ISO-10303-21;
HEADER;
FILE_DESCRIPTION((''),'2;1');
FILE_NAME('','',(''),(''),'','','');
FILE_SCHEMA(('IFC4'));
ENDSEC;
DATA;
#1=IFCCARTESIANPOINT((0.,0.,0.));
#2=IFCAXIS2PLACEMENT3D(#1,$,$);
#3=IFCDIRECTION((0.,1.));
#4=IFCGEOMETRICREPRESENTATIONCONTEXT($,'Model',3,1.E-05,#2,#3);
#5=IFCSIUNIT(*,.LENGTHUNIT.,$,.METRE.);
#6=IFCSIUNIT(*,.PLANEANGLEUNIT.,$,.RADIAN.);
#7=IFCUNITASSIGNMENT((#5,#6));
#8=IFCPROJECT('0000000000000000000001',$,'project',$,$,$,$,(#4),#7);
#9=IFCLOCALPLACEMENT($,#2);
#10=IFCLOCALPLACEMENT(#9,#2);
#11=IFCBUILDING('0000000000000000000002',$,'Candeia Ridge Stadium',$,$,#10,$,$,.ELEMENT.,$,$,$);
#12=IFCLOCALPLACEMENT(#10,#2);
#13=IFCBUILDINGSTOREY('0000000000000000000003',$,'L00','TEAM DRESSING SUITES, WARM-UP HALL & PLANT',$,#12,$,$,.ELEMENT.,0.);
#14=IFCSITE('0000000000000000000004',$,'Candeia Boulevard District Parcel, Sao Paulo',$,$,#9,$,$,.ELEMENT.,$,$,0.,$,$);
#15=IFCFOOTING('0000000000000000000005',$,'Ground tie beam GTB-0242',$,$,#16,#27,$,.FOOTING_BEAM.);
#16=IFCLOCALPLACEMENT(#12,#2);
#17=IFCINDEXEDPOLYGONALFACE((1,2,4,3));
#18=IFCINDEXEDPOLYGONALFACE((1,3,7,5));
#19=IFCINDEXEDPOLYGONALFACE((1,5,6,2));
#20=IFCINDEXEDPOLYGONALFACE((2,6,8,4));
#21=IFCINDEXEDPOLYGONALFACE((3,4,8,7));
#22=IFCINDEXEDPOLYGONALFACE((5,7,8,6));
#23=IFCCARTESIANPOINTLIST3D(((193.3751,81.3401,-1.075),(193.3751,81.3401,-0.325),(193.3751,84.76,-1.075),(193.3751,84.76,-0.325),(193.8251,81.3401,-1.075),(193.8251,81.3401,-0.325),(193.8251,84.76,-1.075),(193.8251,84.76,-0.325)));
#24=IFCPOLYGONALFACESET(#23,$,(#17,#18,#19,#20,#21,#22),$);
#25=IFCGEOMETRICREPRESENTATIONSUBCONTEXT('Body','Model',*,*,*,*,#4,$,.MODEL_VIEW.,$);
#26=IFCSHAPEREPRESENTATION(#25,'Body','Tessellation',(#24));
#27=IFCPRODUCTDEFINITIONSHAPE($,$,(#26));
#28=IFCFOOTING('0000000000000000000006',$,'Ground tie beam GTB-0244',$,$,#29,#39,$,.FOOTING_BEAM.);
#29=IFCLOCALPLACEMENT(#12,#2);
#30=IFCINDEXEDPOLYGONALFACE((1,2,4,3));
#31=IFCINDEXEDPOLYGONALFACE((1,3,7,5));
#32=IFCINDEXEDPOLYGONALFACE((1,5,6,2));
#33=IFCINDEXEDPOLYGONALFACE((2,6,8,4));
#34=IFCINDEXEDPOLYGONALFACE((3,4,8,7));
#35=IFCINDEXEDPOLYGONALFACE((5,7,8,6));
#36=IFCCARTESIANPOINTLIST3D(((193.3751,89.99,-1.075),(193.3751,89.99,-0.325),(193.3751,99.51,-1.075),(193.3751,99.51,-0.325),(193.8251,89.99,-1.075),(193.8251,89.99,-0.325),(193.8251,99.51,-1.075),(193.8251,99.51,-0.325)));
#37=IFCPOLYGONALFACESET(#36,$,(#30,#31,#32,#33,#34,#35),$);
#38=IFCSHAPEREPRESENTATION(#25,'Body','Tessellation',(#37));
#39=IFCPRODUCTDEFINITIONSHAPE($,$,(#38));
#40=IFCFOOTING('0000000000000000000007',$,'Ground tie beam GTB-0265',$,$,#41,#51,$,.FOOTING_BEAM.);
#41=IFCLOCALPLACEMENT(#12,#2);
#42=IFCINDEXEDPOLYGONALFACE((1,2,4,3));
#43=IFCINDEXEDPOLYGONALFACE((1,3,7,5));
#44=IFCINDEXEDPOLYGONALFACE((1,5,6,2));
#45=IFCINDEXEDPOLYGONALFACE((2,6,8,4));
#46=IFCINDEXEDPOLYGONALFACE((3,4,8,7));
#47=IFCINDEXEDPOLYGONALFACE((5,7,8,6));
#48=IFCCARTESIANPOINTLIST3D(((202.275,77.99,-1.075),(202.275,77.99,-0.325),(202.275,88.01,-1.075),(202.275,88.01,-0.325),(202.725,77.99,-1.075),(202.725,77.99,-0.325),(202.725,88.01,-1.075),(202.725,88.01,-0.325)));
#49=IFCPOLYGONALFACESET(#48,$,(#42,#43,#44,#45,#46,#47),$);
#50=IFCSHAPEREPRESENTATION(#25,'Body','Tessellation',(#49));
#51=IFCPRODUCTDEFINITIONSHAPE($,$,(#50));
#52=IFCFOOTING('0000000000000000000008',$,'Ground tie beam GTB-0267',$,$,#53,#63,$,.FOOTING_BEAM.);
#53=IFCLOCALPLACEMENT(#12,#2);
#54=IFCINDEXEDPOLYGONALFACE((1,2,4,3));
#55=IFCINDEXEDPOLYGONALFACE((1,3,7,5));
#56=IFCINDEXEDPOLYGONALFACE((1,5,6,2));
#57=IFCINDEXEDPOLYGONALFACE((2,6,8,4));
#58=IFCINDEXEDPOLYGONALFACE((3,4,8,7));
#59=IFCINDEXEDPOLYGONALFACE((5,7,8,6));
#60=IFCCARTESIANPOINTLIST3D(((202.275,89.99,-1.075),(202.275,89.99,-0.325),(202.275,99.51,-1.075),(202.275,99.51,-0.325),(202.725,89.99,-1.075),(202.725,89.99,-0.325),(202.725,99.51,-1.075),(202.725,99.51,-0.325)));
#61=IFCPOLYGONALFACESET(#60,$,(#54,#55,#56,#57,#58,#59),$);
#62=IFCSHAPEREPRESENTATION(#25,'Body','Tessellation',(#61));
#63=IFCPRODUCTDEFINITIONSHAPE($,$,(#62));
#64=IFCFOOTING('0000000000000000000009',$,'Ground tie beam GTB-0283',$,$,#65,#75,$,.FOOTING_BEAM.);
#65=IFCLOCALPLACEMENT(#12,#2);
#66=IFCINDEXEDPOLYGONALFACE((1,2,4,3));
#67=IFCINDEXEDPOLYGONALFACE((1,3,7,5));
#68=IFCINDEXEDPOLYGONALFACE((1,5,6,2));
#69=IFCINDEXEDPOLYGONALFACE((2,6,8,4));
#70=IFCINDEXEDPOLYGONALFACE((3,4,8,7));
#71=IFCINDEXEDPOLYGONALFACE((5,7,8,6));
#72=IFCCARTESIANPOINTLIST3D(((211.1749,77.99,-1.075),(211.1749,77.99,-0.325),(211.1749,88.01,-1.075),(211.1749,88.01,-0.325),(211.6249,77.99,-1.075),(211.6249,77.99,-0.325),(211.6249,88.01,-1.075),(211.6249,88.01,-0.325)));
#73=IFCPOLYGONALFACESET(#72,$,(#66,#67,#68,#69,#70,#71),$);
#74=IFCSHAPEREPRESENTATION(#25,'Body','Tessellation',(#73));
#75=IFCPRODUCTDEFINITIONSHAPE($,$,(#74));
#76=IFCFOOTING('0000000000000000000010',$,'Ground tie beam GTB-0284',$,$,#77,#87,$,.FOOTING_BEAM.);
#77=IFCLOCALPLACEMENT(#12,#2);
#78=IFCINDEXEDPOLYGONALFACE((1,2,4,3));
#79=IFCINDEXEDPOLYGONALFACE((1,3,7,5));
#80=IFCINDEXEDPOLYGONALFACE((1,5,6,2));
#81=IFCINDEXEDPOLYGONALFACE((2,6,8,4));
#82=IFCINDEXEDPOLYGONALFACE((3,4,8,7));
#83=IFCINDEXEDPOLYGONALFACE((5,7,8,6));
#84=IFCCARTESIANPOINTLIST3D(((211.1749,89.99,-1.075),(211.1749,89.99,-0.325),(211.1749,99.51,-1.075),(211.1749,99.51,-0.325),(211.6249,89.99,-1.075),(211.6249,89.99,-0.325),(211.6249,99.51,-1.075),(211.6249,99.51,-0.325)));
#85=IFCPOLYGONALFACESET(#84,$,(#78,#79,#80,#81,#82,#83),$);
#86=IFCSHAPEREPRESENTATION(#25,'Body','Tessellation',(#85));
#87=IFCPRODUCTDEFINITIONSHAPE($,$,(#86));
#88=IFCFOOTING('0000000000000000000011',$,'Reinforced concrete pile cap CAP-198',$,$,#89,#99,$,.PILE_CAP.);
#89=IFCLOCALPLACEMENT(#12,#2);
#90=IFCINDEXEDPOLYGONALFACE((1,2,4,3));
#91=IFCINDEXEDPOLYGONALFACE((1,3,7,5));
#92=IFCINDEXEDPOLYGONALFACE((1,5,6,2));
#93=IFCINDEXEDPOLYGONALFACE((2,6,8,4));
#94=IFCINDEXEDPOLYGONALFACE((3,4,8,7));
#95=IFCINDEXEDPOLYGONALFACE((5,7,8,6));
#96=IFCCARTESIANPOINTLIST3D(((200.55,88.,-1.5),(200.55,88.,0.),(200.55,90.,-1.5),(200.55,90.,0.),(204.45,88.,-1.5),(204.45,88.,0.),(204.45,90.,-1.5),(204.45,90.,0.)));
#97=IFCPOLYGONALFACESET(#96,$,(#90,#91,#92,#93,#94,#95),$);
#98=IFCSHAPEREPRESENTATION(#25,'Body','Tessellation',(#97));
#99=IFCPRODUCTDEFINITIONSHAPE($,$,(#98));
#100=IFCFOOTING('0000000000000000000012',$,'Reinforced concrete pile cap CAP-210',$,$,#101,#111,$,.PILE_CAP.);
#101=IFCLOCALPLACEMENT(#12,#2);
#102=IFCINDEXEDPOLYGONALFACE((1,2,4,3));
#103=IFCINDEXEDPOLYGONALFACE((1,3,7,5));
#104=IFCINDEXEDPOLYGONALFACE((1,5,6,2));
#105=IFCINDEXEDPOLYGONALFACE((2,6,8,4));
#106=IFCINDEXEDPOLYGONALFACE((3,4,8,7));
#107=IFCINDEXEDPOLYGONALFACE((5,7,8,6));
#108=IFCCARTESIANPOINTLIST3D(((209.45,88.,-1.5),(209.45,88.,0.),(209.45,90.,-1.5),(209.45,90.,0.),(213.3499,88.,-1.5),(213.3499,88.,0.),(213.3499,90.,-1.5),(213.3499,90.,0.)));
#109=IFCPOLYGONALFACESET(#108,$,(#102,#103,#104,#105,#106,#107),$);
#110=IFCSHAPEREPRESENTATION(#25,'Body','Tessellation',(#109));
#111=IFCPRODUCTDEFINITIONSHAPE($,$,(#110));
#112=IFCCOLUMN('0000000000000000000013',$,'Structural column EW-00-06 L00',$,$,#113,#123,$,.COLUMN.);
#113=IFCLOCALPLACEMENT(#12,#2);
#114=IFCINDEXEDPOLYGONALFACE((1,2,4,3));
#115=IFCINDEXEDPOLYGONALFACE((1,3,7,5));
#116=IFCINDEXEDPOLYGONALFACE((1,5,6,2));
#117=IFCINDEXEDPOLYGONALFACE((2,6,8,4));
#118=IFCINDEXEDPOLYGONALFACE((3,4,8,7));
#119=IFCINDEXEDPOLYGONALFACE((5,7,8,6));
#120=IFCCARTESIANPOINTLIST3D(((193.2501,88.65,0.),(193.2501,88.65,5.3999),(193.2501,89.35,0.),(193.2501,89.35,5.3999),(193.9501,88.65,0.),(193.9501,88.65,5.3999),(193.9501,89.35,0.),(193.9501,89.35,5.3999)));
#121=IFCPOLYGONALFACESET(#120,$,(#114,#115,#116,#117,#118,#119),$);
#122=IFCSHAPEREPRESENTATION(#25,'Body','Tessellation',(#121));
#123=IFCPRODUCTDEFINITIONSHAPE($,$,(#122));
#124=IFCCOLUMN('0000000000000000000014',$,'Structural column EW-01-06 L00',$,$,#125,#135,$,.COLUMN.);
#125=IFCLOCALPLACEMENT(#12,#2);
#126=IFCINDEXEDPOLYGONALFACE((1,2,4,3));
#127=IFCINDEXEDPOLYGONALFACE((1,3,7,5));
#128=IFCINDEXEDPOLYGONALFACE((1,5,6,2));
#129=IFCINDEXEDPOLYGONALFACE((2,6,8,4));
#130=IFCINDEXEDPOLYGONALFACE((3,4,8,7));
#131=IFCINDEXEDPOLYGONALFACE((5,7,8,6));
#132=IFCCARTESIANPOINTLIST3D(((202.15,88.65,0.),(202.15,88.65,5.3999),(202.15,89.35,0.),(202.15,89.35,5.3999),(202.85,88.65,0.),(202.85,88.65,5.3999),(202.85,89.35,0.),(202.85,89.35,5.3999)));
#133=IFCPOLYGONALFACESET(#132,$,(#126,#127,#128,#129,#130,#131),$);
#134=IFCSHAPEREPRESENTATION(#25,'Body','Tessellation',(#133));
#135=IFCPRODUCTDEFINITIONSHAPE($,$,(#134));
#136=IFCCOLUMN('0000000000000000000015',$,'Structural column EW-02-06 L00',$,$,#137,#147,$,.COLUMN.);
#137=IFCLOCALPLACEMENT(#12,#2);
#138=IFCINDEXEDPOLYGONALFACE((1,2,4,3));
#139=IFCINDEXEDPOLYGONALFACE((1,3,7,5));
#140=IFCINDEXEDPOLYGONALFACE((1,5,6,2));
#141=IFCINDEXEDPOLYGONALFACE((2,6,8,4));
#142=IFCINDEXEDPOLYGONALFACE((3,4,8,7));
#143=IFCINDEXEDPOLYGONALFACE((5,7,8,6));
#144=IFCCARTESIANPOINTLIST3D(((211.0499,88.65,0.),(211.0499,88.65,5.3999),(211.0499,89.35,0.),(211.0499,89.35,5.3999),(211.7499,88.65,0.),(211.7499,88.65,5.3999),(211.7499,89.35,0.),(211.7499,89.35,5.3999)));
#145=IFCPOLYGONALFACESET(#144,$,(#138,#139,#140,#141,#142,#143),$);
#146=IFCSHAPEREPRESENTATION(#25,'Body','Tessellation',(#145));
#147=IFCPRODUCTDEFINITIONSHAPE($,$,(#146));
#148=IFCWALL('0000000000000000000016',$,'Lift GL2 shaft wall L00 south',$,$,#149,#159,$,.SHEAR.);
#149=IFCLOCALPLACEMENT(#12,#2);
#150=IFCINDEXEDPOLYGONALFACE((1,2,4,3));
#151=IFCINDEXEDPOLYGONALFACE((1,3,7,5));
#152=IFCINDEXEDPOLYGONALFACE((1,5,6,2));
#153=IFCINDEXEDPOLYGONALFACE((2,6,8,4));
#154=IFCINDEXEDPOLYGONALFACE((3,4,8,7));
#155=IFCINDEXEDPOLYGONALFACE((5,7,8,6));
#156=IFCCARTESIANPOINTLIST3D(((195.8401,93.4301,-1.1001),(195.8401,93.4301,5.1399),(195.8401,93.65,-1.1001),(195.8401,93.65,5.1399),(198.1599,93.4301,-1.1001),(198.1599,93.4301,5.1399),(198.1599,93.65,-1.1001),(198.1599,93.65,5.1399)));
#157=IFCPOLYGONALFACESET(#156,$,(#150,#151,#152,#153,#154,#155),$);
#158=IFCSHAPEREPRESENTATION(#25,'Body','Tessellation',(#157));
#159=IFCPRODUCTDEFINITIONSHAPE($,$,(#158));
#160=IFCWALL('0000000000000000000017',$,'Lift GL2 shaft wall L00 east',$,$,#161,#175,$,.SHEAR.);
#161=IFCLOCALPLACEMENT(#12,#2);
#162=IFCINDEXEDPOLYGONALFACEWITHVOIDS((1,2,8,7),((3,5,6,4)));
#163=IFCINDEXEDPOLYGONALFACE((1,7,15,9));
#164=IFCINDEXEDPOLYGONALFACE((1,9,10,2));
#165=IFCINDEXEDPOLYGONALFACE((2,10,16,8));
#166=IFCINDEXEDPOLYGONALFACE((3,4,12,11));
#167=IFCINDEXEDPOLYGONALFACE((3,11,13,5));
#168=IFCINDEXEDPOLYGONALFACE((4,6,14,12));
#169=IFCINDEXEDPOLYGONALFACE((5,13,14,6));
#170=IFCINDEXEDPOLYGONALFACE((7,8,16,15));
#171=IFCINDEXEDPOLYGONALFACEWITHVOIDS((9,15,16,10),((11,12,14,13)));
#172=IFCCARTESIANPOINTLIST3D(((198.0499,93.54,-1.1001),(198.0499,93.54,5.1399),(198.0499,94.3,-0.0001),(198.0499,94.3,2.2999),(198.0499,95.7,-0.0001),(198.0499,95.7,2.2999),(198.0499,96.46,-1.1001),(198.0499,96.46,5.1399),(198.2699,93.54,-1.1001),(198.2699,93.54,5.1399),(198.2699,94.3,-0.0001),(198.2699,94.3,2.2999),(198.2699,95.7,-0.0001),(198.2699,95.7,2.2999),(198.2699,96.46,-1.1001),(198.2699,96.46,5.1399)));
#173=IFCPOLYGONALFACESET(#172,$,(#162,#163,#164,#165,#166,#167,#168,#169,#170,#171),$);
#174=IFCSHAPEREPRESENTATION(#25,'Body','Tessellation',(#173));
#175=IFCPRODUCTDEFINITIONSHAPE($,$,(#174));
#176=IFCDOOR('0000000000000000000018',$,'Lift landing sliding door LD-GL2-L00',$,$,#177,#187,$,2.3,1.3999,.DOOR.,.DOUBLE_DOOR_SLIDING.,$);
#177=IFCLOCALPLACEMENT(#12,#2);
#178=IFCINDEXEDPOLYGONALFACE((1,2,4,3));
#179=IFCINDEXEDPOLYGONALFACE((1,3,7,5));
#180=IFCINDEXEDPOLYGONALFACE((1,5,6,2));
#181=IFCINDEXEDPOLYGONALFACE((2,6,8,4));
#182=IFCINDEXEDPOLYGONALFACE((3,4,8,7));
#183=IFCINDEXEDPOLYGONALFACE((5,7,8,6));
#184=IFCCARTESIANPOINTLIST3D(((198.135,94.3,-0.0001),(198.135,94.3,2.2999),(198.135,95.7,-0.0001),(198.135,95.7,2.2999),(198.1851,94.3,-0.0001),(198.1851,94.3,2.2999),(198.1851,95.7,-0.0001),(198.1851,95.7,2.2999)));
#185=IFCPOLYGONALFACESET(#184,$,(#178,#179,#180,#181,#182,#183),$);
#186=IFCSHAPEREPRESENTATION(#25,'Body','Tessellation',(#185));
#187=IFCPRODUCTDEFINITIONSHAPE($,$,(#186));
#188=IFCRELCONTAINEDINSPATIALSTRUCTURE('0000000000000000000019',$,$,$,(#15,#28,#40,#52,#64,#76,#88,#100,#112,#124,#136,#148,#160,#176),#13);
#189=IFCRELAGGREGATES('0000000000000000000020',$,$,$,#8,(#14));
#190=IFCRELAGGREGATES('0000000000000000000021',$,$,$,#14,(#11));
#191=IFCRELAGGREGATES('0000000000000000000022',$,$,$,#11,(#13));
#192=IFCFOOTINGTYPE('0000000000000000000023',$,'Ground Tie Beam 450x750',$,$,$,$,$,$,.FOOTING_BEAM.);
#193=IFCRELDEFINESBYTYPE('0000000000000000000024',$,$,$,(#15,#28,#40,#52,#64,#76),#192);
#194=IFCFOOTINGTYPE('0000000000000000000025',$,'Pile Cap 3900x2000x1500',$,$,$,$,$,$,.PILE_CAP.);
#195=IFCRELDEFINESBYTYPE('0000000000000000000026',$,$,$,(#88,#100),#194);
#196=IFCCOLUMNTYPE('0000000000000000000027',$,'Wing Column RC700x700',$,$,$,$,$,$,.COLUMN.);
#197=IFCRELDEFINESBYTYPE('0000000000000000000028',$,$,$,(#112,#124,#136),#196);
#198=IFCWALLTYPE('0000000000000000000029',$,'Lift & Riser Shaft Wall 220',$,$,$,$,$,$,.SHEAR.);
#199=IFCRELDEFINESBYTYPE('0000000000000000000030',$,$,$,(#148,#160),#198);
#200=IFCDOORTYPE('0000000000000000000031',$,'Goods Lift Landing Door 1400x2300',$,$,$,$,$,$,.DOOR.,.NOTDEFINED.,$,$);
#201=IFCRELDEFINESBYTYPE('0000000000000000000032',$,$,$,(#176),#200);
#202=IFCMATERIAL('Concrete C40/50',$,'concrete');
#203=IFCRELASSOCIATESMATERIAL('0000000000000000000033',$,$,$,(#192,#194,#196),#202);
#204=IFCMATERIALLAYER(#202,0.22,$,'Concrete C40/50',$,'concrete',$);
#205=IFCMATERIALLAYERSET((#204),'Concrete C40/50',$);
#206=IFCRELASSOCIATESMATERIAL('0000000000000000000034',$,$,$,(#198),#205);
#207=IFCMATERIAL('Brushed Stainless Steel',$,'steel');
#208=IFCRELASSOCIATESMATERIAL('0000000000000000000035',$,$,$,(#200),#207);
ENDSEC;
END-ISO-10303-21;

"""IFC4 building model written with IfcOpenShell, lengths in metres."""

from ifc_helpers import new_model, si_unit, direction, frame, frame_2d, origin, origin_2d, place, context, subcontext, project, spatial, rectangle, extrude, material, layer, layer_set, material_profile, profile_set, type_object, element, fill, save


model = new_model("IFC4")

# Units and contexts
model_context = context("Model", 3, precision=1e-05, world=origin(), true_north=direction((0.0, 1.0)))
body_context = subcontext(model_context, "Body", "Model", "MODEL_VIEW")
ifc_project = project(units=[si_unit("LENGTHUNIT", "METRE"), si_unit("PLANEANGLEUNIT", "RADIAN")], contexts=[model_context])

# Site, building, storey
site_placement = place(None, origin())
site = spatial("IfcSite", under=ifc_project, at=site_placement, Name="Candeia Boulevard District Parcel, Sao Paulo", CompositionType="ELEMENT", RefElevation=0.0)
building_placement = place(site_placement, origin())
building = spatial("IfcBuilding", under=site, at=building_placement, Name="Candeia Ridge Stadium", CompositionType="ELEMENT")
storey_placement = place(building_placement, origin())
storey = spatial("IfcBuildingStorey", under=building, at=storey_placement, Name="L00", Description="TEAM DRESSING SUITES, WARM-UP HALL & PLANT", CompositionType="ELEMENT", Elevation=0.0)

# Shared definitions
ifc_material_1 = material(Name="Concrete C40/50", Category="concrete")

# Footings
footing_type_1 = type_object("IfcFootingType", Name="Ground Tie Beam 450x750", PredefinedType="FOOTING_BEAM", material=ifc_material_1)
footing_1_placement = place(storey_placement, frame((193.6001, 83.05, -1.075), z_axis=(0.0, 0.0, 1.0), x_axis=(0.0, 1.0, 0.0)))
element("IfcFooting", 1, at=footing_1_placement, inside=storey, type_object=footing_type_1, Name="Ground tie beam GTB-0242", PredefinedType="FOOTING_BEAM", context=body_context, shape_type="SweptSolid", body=[
    extrude(rectangle(XDim=3.4199, YDim=0.45, at=origin_2d()), origin(), (0.0, 0.0, 1.0), 0.75),
])
footing_2_placement = place(storey_placement, frame((193.6001, 94.75, -1.075), z_axis=(0.0, 0.0, 1.0), x_axis=(0.0, 1.0, 0.0)))
element("IfcFooting", 2, at=footing_2_placement, inside=storey, type_object=footing_type_1, Name="Ground tie beam GTB-0244", PredefinedType="FOOTING_BEAM", context=body_context, shape_type="SweptSolid", body=[
    extrude(rectangle(XDim=9.52, YDim=0.45, at=origin_2d()), origin(), (0.0, 0.0, 1.0), 0.75),
])
footing_3_placement = place(storey_placement, frame((202.5, 83.0, -1.075), z_axis=(0.0, 0.0, 1.0), x_axis=(0.0, 1.0, 0.0)))
element("IfcFooting", 3, at=footing_3_placement, inside=storey, type_object=footing_type_1, Name="Ground tie beam GTB-0265", PredefinedType="FOOTING_BEAM", context=body_context, shape_type="SweptSolid", body=[
    extrude(rectangle(XDim=10.02, YDim=0.45, at=origin_2d()), origin(), (0.0, 0.0, 1.0), 0.75),
])
footing_4_placement = place(storey_placement, frame((202.5, 94.75, -1.075), z_axis=(0.0, 0.0, 1.0), x_axis=(0.0, 1.0, 0.0)))
element("IfcFooting", 4, at=footing_4_placement, inside=storey, type_object=footing_type_1, Name="Ground tie beam GTB-0267", PredefinedType="FOOTING_BEAM", context=body_context, shape_type="SweptSolid", body=[
    extrude(rectangle(XDim=9.52, YDim=0.45, at=origin_2d()), origin(), (0.0, 0.0, 1.0), 0.75),
])
footing_5_placement = place(storey_placement, frame((211.3999, 83.0, -1.075), z_axis=(0.0, 0.0, 1.0), x_axis=(0.0, 1.0, 0.0)))
element("IfcFooting", 5, at=footing_5_placement, inside=storey, type_object=footing_type_1, Name="Ground tie beam GTB-0283", PredefinedType="FOOTING_BEAM", context=body_context, shape_type="SweptSolid", body=[
    extrude(rectangle(XDim=10.02, YDim=0.45, at=origin_2d()), origin(), (0.0, 0.0, 1.0), 0.75),
])
footing_6_placement = place(storey_placement, frame((211.3999, 94.75, -1.075), z_axis=(0.0, 0.0, 1.0), x_axis=(0.0, 1.0, 0.0)))
element("IfcFooting", 6, at=footing_6_placement, inside=storey, type_object=footing_type_1, Name="Ground tie beam GTB-0284", PredefinedType="FOOTING_BEAM", context=body_context, shape_type="SweptSolid", body=[
    extrude(rectangle(XDim=9.52, YDim=0.45, at=origin_2d()), origin(), (0.0, 0.0, 1.0), 0.75),
])
footing_type_2 = type_object("IfcFootingType", Name="Pile Cap 3900x2000x1500", PredefinedType="PILE_CAP", material=ifc_material_1)
for number, where, z_axis, x_axis, name in (
    (7, (202.5, 89.0, -1.5), (0.0, 0.0, 1.0), (1.0, 0.0, 0.0), "Reinforced concrete pile cap CAP-198"),
    (8, (211.3999, 89.0, -1.5), (0.0, 0.0, 1.0), (1.0, 0.0, 0.0), "Reinforced concrete pile cap CAP-210"),
):
    element("IfcFooting", number, at=place(storey_placement, frame(where, z_axis=z_axis, x_axis=x_axis)), inside=storey, type_object=footing_type_2, Name=name, PredefinedType="PILE_CAP", context=body_context, shape_type="SweptSolid", body=[
        extrude(rectangle(XDim=3.8999, YDim=2.0, at=origin_2d()), origin(), (0.0, 0.0, 1.0), 1.5),
    ])

# Columns
ifc_material_profile_1 = material_profile(ifc_material_1, rectangle(XDim=0.7, YDim=0.7, at=origin_2d()), Name="RC700x700", Category="concrete")
ifc_profile_set_1 = profile_set([ifc_material_profile_1], Name="Concrete C40/50")
column_type = type_object("IfcColumnType", Name="Wing Column RC700x700", PredefinedType="COLUMN", material=ifc_profile_set_1)
for number, where, z_axis, x_axis, name in (
    (9, (193.6001, 89.0, 0.0), (0.0, 0.0, 1.0), (1.0, 0.0, 0.0), "Structural column EW-00-06 L00"),
    (10, (202.5, 89.0, 0.0), (0.0, 0.0, 1.0), (1.0, 0.0, 0.0), "Structural column EW-01-06 L00"),
    (11, (211.3999, 89.0, 0.0), (0.0, 0.0, 1.0), (1.0, 0.0, 0.0), "Structural column EW-02-06 L00"),
):
    element("IfcColumn", number, at=place(storey_placement, frame(where, z_axis=z_axis, x_axis=x_axis)), inside=storey, type_object=column_type, Name=name, PredefinedType="COLUMN", context=body_context, shape_type="SweptSolid", body=[
        extrude(rectangle(XDim=0.7, YDim=0.7, at=origin_2d()), origin(), (0.0, 0.0, 1.0), 5.3999),
    ])

# Wall
ifc_layer_1 = layer(ifc_material_1, 0.22, Name="Concrete C40/50", Category="concrete")
ifc_layer_set_1 = layer_set([ifc_layer_1], Name="Concrete C40/50")
wall_type_1 = type_object("IfcWallType", Name="Lift & Riser Shaft Wall 220", PredefinedType="SHEAR", material=ifc_layer_set_1)
wall_1_placement = place(storey_placement, frame((195.8401, 93.54, -1.1001), z_axis=(0.0, 0.0, 1.0), x_axis=(1.0, 0.0, 0.0)))
element("IfcWall", 12, at=wall_1_placement, inside=storey, type_object=wall_type_1, Name="Lift GL2 shaft wall L00 south", PredefinedType="SHEAR", context=body_context, shape_type="SweptSolid", body=[
    extrude(rectangle(XDim=2.3198, YDim=0.22, at=frame_2d((1.1599, 0.0))), origin(), (0.0, 0.0, 1.0), 6.24),
])

# Wall, opening, door
wall_2_placement = place(storey_placement, frame((198.1599, 93.54, -1.1001), z_axis=(0.0, 0.0, 1.0), x_axis=(0.0, 1.0, 0.0)))
wall_2 = element("IfcWall", 13, at=wall_2_placement, inside=storey, type_object=wall_type_1, Name="Lift GL2 shaft wall L00 east", PredefinedType="SHEAR", context=body_context, shape_type="SweptSolid", body=[
    extrude(rectangle(XDim=2.9199, YDim=0.22, at=frame_2d((1.46, 0.0))), origin(), (0.0, 0.0, 1.0), 6.24),
])
opening_1_placement = place(wall_2_placement, frame((0.76, 0.0, 1.1001)))
opening_1 = element("IfcOpeningElement", 14, at=opening_1_placement, cuts=wall_2, PredefinedType="OPENING", context=body_context, shape_type="SweptSolid", body=[
    extrude(rectangle(XDim=1.3999, YDim=2.3, at=frame_2d((0.7, 1.1499))), frame((0.0, 0.1199, 0.0), z_axis=(0.0, -1.0, 0.0), x_axis=(1.0, 0.0, 0.0)), (0.0, 0.0, 1.0), 0.24),
])
ifc_material_2 = material(Name="Brushed Stainless Steel", Category="steel")
door_type_1 = type_object("IfcDoorType", Name="Goods Lift Landing Door 1400x2300", OperationType="NOTDEFINED", PredefinedType="DOOR", material=ifc_material_2)
door_1_placement = place(opening_1_placement, origin())
door_1 = element("IfcDoor", 15, at=door_1_placement, inside=storey, type_object=door_type_1, Name="Lift landing sliding door LD-GL2-L00", OperationType="DOUBLE_DOOR_SLIDING", OverallHeight=2.3, OverallWidth=1.3999, PredefinedType="DOOR", context=body_context, shape_type="SweptSolid", body=[
    extrude(rectangle(XDim=1.3999, YDim=2.3, at=frame_2d((0.7, 1.1499))), frame((0.0, 0.0249, 0.0), z_axis=(0.0, -1.0, 0.0), x_axis=(1.0, 0.0, 0.0)), (0.0, 0.0, 1.0), 0.05),
])
fill(opening_1, door_1)

save(model, "model.ifc")
